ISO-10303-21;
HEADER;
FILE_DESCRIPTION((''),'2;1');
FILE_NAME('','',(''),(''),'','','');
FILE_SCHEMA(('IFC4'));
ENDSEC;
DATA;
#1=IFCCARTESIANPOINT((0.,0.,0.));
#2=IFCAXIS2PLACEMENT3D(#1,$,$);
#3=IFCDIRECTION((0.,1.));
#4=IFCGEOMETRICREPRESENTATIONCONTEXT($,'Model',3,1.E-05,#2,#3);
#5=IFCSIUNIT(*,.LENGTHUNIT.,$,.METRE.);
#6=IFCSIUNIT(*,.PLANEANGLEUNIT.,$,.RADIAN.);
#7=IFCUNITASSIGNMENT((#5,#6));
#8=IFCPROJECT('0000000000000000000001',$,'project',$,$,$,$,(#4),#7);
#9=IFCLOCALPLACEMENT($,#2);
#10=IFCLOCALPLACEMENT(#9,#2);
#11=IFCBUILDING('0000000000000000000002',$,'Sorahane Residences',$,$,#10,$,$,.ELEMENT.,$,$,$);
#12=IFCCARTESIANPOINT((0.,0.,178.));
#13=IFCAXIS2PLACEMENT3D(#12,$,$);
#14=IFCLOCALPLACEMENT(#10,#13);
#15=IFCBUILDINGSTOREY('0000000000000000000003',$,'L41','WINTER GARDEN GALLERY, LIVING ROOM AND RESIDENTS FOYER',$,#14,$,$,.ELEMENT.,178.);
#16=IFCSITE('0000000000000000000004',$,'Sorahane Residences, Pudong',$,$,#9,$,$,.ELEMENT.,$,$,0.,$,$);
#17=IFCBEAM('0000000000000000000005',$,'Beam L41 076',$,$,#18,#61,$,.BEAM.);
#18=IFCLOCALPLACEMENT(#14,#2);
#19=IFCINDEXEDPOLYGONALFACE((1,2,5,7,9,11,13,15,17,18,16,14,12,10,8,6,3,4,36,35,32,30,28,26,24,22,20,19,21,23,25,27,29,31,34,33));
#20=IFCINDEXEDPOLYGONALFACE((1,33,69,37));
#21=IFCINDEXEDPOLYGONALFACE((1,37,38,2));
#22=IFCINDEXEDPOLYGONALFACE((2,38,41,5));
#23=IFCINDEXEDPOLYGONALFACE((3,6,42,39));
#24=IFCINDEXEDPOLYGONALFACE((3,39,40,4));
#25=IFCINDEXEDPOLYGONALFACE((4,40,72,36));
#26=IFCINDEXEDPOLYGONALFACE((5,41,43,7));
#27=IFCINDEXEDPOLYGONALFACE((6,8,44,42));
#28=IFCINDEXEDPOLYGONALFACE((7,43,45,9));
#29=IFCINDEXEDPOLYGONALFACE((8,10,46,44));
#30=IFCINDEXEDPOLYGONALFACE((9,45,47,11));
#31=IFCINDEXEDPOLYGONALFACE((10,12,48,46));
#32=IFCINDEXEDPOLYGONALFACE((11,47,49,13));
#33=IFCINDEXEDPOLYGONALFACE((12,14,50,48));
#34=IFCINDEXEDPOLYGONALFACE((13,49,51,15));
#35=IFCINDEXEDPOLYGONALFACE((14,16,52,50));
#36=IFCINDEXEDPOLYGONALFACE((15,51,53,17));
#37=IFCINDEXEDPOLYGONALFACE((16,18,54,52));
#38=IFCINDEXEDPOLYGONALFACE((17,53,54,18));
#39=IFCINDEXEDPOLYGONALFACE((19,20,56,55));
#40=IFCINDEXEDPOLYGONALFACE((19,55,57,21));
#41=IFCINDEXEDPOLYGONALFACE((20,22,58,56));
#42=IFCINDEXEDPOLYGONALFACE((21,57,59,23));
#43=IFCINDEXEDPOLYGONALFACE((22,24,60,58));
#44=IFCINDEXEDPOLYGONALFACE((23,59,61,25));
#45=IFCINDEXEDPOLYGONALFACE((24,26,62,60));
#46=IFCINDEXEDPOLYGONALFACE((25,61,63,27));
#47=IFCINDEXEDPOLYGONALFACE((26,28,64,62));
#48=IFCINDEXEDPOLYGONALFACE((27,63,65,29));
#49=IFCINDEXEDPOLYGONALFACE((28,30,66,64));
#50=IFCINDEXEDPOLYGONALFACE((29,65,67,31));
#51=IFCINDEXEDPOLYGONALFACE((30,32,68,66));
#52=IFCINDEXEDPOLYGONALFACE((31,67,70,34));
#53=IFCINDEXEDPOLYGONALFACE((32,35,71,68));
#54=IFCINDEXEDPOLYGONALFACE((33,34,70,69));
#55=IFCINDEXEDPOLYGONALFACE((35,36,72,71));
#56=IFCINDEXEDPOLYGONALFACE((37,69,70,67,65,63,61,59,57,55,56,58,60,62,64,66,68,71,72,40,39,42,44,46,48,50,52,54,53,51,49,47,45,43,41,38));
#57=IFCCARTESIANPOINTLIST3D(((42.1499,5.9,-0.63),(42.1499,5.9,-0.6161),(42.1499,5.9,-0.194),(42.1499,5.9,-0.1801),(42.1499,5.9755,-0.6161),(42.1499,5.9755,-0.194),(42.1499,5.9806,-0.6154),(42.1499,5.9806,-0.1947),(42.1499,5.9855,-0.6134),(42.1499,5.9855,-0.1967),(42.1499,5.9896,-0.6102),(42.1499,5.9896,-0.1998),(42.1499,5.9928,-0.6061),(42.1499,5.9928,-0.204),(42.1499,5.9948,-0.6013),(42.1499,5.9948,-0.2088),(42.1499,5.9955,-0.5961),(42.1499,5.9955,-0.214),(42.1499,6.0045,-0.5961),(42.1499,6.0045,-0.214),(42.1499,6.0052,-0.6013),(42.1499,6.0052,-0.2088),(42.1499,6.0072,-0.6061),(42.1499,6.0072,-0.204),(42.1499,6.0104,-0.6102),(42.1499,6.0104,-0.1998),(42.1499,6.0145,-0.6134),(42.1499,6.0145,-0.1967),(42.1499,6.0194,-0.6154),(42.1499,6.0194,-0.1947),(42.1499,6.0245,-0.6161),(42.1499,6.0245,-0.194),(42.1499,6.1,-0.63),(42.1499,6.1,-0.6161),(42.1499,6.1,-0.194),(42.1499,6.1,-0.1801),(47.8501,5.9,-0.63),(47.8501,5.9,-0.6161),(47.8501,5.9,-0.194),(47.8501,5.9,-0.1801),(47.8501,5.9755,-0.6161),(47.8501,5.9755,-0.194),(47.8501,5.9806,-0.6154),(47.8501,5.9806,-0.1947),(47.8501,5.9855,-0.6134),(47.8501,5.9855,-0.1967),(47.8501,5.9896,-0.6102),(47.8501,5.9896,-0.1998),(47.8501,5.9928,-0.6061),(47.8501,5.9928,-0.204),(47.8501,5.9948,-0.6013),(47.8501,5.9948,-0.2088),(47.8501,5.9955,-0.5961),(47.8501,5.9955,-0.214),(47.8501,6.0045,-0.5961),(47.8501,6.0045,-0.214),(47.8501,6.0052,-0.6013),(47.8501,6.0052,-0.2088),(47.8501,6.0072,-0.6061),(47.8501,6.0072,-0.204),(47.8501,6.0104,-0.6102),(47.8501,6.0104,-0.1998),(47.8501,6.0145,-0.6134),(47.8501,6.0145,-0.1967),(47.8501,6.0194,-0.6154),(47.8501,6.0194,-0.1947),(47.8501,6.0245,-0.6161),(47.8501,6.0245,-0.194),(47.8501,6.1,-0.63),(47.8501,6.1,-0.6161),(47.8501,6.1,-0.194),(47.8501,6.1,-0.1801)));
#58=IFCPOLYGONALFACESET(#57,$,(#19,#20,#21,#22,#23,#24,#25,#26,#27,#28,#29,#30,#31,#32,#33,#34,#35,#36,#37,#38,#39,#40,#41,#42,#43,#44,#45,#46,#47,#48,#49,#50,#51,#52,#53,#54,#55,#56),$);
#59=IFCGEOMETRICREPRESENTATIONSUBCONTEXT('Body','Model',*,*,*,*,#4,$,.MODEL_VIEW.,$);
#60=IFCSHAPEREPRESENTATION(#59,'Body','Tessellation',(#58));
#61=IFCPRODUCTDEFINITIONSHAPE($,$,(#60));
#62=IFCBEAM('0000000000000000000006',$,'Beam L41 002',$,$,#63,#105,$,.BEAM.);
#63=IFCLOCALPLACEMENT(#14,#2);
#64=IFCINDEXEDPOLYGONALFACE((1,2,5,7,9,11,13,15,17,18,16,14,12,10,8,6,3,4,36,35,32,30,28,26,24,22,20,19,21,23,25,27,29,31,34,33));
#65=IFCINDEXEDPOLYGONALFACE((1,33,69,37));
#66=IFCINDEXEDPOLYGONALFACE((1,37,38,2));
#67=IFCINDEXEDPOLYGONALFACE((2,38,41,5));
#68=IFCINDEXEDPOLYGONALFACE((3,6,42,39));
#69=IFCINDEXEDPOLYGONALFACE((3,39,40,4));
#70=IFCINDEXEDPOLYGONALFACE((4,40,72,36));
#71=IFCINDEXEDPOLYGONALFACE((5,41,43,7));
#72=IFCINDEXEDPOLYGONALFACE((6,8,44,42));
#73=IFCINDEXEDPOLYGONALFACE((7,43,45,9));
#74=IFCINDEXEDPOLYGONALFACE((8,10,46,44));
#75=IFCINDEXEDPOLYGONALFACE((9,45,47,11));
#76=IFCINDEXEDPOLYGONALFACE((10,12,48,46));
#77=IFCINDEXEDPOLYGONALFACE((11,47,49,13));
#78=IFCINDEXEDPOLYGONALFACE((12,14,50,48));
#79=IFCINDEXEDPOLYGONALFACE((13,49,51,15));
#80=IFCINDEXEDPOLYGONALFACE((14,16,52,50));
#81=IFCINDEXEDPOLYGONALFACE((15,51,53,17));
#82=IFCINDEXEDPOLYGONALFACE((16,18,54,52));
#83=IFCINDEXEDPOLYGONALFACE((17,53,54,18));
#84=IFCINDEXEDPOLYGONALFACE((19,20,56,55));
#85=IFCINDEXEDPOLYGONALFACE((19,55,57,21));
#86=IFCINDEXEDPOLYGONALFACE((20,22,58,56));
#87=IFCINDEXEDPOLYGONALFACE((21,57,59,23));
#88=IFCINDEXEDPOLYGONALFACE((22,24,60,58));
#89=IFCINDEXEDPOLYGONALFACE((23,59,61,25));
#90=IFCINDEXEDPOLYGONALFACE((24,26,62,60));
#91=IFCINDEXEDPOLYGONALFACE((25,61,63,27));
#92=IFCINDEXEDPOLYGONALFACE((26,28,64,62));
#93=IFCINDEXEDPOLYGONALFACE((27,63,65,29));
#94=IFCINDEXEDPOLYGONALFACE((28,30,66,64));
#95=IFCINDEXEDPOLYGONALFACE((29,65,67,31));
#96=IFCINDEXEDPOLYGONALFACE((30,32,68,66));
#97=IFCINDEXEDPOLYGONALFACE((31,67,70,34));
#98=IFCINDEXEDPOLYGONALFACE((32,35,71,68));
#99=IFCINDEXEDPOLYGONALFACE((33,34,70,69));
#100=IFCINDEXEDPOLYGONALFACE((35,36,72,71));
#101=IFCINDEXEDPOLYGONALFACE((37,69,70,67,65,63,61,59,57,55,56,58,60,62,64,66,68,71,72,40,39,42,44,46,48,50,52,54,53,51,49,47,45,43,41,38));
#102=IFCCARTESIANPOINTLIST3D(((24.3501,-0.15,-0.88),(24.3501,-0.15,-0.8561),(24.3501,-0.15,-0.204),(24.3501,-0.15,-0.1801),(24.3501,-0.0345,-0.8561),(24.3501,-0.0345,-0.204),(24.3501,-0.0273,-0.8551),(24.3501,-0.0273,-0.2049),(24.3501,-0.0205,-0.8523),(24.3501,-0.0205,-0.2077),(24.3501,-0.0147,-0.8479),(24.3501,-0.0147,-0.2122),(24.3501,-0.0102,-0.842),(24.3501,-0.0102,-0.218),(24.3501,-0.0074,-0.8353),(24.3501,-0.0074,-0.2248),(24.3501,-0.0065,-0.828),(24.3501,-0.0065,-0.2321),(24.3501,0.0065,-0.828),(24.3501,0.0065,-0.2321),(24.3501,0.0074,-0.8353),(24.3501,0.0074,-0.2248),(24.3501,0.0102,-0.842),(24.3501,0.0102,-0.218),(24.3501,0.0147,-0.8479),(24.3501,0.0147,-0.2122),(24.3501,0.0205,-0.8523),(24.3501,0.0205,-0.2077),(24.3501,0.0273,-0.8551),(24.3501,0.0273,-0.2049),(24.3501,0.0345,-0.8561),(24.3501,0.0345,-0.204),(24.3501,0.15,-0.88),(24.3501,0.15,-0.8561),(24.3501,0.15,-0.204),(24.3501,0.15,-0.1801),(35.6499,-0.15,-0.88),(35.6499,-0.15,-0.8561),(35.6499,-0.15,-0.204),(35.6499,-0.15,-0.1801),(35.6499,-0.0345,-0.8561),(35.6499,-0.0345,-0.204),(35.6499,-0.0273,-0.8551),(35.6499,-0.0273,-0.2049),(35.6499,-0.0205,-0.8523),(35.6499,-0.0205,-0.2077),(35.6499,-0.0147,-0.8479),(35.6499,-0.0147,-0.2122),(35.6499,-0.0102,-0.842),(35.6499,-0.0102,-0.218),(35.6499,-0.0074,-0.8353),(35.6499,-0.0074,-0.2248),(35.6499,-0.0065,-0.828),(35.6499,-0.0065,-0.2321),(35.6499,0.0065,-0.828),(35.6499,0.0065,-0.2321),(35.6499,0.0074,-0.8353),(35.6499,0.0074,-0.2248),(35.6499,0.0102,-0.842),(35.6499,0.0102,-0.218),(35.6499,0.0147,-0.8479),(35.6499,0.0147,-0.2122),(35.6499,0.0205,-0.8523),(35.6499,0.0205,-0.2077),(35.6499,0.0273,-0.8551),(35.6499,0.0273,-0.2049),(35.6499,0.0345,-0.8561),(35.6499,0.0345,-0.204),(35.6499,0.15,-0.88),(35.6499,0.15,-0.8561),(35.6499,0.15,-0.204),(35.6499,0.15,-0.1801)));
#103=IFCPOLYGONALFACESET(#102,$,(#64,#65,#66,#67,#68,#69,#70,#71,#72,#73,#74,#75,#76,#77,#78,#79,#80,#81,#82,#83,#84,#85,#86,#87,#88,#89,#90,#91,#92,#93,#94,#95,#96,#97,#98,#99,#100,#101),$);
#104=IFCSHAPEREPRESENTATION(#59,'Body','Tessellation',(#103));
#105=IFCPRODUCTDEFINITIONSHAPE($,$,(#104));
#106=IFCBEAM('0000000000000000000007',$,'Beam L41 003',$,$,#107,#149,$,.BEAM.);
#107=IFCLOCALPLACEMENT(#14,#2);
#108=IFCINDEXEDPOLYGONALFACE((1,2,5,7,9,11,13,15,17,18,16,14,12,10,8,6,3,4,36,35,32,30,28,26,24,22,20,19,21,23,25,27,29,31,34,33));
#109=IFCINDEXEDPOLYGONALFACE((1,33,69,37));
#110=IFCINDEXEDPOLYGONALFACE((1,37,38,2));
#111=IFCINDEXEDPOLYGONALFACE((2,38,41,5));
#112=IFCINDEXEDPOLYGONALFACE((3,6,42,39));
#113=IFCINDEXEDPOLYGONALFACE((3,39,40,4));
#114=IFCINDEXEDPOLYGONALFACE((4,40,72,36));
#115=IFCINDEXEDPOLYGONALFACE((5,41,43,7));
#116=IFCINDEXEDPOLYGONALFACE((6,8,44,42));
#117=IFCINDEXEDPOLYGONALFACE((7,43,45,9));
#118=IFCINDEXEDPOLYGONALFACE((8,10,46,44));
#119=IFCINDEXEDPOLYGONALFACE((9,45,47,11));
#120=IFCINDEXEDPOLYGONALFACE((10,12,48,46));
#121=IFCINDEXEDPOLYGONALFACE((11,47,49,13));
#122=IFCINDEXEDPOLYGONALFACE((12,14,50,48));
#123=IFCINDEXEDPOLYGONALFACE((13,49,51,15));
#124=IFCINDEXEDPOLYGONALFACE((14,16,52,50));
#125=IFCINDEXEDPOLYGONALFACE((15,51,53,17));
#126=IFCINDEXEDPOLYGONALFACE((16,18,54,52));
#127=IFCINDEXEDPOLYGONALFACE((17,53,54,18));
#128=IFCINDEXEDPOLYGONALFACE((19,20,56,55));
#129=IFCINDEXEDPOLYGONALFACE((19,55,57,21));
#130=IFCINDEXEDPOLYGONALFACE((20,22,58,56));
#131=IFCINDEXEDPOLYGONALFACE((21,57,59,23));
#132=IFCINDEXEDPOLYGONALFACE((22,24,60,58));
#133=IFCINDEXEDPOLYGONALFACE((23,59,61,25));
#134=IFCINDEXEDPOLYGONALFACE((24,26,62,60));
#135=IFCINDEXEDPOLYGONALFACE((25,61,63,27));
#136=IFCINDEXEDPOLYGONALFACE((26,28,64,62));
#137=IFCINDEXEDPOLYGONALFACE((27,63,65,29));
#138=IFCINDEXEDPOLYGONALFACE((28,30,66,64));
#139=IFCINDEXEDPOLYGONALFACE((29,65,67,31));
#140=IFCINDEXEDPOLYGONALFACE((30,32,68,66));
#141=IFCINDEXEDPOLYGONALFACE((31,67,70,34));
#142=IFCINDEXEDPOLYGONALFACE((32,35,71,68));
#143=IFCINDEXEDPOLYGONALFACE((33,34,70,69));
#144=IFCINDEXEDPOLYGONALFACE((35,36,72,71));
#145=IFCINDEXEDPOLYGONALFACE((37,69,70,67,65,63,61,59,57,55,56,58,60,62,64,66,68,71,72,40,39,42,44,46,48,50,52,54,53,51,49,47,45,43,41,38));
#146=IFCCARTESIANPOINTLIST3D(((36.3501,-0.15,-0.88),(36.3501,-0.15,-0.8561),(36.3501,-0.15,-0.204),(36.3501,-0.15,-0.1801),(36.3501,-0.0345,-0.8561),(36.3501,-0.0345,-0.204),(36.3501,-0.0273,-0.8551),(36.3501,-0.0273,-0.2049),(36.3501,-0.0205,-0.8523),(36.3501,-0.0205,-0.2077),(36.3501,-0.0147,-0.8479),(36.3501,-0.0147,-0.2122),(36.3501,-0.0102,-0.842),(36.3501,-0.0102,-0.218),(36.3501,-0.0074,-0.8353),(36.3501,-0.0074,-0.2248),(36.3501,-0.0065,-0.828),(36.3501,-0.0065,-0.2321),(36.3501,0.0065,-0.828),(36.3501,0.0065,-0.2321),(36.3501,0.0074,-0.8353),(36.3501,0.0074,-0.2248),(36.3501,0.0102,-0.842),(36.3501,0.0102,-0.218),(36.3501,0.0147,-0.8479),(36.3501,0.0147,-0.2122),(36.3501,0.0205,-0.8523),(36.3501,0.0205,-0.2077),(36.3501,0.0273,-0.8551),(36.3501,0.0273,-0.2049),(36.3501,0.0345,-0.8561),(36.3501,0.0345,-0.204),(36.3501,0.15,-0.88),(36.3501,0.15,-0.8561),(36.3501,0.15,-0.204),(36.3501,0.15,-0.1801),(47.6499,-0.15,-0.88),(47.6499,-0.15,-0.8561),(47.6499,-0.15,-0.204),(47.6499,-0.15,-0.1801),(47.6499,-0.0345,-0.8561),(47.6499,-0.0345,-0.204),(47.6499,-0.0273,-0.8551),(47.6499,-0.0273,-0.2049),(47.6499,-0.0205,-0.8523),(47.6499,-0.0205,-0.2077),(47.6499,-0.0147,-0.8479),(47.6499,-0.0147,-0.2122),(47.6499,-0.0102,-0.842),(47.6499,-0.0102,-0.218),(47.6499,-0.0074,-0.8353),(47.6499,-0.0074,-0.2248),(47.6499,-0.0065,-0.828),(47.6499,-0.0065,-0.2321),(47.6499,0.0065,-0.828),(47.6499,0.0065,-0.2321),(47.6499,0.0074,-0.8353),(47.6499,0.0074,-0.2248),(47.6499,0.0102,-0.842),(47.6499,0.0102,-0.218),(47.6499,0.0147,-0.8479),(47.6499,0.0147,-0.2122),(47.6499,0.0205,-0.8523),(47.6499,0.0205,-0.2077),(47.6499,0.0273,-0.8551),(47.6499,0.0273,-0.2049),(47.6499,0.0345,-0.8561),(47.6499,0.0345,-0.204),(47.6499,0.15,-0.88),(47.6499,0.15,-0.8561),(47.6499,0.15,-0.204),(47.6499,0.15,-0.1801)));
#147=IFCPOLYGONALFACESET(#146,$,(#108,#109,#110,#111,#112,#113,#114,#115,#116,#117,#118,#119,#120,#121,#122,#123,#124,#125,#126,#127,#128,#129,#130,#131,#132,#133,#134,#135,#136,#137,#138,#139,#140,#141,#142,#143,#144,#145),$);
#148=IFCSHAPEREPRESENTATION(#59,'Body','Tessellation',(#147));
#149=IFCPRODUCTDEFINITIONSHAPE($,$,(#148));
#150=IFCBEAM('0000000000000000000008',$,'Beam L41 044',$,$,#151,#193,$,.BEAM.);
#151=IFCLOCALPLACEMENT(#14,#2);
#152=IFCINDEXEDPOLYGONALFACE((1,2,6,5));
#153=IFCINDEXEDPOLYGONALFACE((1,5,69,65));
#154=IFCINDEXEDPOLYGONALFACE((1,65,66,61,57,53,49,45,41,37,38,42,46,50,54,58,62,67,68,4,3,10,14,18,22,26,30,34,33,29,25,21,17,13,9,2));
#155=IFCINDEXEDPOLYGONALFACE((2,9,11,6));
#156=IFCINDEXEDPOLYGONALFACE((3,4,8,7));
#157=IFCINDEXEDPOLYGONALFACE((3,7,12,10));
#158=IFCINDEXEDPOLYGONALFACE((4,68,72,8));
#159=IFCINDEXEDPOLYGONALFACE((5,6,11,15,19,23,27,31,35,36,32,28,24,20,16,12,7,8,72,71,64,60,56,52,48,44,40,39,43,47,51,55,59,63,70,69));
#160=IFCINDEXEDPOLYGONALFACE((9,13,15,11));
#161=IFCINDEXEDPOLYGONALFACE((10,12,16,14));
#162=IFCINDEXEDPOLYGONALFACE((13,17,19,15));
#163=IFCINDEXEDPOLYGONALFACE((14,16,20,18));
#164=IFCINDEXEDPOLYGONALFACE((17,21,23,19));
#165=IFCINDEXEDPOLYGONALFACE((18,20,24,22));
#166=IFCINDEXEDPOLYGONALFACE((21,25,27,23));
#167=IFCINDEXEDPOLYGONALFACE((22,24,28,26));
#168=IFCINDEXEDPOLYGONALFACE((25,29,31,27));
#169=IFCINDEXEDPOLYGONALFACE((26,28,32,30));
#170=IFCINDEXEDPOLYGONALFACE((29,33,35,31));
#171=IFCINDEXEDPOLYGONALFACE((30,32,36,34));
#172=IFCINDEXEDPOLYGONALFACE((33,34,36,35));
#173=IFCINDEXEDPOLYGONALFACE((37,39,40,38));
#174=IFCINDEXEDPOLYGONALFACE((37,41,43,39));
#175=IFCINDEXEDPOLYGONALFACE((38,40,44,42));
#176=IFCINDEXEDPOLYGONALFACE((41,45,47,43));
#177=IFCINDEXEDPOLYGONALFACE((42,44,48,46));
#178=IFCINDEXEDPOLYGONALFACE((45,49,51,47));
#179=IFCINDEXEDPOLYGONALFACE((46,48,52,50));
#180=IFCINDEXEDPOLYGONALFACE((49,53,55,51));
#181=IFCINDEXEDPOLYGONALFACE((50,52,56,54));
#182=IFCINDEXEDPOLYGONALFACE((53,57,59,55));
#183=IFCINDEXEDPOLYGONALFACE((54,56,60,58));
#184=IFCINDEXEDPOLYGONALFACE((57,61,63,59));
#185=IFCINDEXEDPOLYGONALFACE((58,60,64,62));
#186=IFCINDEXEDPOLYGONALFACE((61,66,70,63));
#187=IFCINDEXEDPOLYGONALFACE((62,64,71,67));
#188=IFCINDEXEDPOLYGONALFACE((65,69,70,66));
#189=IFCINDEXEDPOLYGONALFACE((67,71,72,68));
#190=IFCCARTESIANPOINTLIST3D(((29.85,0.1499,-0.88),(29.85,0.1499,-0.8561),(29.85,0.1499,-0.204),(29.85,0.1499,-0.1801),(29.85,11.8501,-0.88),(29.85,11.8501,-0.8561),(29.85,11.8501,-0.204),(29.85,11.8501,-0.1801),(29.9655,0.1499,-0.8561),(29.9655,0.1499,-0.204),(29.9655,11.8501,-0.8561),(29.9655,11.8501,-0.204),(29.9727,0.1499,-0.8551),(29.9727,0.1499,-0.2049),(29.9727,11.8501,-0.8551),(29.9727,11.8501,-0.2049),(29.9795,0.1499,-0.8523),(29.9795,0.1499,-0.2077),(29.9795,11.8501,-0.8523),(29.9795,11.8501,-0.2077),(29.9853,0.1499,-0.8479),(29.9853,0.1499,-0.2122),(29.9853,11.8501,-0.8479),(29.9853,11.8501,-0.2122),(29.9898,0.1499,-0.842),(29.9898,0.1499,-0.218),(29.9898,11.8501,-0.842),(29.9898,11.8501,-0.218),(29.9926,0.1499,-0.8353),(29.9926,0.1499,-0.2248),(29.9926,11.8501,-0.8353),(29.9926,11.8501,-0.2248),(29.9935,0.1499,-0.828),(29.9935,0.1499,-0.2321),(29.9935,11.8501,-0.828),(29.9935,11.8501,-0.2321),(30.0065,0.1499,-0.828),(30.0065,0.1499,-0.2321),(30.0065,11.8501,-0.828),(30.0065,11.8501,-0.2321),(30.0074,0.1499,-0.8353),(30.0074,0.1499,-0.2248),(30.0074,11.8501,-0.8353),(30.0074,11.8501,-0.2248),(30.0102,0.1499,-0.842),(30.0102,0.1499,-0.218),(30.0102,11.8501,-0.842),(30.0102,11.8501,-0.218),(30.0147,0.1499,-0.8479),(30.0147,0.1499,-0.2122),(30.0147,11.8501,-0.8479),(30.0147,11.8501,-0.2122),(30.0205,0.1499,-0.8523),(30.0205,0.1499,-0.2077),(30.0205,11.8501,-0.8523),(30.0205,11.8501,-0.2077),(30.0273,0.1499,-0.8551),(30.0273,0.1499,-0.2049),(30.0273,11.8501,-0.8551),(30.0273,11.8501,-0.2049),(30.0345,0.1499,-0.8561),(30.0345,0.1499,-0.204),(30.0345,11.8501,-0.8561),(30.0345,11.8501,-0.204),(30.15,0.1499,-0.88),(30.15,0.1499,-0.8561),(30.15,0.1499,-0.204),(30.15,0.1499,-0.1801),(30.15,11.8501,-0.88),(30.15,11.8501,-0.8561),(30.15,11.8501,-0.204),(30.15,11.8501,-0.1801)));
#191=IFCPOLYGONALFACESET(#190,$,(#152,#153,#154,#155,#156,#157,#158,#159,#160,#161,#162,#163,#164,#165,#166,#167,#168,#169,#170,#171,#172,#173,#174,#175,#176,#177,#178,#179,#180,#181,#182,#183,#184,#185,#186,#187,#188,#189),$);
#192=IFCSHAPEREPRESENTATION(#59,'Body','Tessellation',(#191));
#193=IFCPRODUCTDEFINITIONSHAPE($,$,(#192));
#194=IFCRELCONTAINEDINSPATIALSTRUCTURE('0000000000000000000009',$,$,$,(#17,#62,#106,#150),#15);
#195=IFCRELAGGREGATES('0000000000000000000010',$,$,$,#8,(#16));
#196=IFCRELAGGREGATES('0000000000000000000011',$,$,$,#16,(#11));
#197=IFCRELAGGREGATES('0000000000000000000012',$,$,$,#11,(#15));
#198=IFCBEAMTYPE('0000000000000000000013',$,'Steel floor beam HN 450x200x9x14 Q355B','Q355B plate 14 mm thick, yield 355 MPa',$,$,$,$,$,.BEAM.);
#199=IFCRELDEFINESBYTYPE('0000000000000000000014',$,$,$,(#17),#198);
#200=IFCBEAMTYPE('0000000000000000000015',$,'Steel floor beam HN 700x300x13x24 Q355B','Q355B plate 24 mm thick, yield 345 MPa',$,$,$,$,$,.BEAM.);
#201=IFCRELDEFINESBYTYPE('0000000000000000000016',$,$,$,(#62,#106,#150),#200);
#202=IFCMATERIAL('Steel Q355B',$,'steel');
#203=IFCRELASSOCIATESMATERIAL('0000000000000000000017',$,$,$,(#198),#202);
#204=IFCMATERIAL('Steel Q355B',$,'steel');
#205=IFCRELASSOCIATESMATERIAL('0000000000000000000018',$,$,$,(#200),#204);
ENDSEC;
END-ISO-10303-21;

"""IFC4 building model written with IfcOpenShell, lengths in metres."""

from ifc_helpers import new_model, si_unit, direction, frame, origin, origin_2d, place, context, subcontext, project, spatial, i_section, extrude, material, material_profile, profile_set, type_object, element, save


model = new_model("IFC4")

# Units and contexts
model_context = context("Model", 3, precision=1e-05, world=origin(), true_north=direction((0.0, 1.0)))
body_context = subcontext(model_context, "Body", "Model", "MODEL_VIEW")
ifc_project = project(units=[si_unit("LENGTHUNIT", "METRE"), si_unit("PLANEANGLEUNIT", "RADIAN")], contexts=[model_context])

# Site, building, storey
site_placement = place(None, origin())
site = spatial("IfcSite", under=ifc_project, at=site_placement, Name="Sorahane Residences, Pudong", CompositionType="ELEMENT", RefElevation=0.0)
building_placement = place(site_placement, origin())
building = spatial("IfcBuilding", under=site, at=building_placement, Name="Sorahane Residences", CompositionType="ELEMENT")
storey_placement = place(building_placement, frame((0.0, 0.0, 178.0)))
storey = spatial("IfcBuildingStorey", under=building, at=storey_placement, Name="L41", Description="WINTER GARDEN GALLERY, LIVING ROOM AND RESIDENTS FOYER", CompositionType="ELEMENT", Elevation=178.0)

# Beams
ifc_material_1 = material(Name="Steel Q355B", Category="steel")
ifc_material_profile_1 = material_profile(ifc_material_1, i_section(OverallWidth=0.2, OverallDepth=0.45, WebThickness=0.009, FlangeThickness=0.0139, FilletRadius=0.02, at=origin_2d()), Name="HN 450x200x9x14")
ifc_profile_set_1 = profile_set([ifc_material_profile_1], Name="Steel Q355B")
beam_type_1 = type_object("IfcBeamType", Name="Steel floor beam HN 450x200x9x14 Q355B", Description="Q355B plate 14 mm thick, yield 355 MPa", PredefinedType="BEAM", material=ifc_profile_set_1)
for number, where, z_axis, x_axis, name in (
    (1, (42.1499, 6.0, -0.405), (1.0, 0.0, 0.0), (0.0, 1.0, 0.0), "Beam L41 076"),
):
    element("IfcBeam", number, at=place(storey_placement, frame(where, z_axis=z_axis, x_axis=x_axis)), inside=storey, type_object=beam_type_1, Name=name, PredefinedType="BEAM", context=body_context, shape_type="SweptSolid", body=[
        extrude(i_section(OverallWidth=0.2, OverallDepth=0.45, WebThickness=0.009, FlangeThickness=0.0139, FilletRadius=0.02, at=origin_2d()), origin(), (0.0, 0.0, 1.0), 5.7002),
    ])
ifc_material_2 = material(Name="Steel Q355B", Category="steel")
ifc_material_profile_2 = material_profile(ifc_material_2, i_section(OverallWidth=0.3, OverallDepth=0.7, WebThickness=0.0129, FlangeThickness=0.0239, FilletRadius=0.0281, at=origin_2d()), Name="HN 700x300x13x24")
ifc_profile_set_2 = profile_set([ifc_material_profile_2], Name="Steel Q355B")
beam_type_2 = type_object("IfcBeamType", Name="Steel floor beam HN 700x300x13x24 Q355B", Description="Q355B plate 24 mm thick, yield 345 MPa", PredefinedType="BEAM", material=ifc_profile_set_2)
for number, where, z_axis, x_axis, name in (
    (2, (24.3501, 0.0, -0.53), (1.0, 0.0, 0.0), (0.0, 1.0, 0.0), "Beam L41 002"),
    (3, (36.3501, 0.0, -0.53), (1.0, 0.0, 0.0), (0.0, 1.0, 0.0), "Beam L41 003"),
):
    element("IfcBeam", number, at=place(storey_placement, frame(where, z_axis=z_axis, x_axis=x_axis)), inside=storey, type_object=beam_type_2, Name=name, PredefinedType="BEAM", context=body_context, shape_type="SweptSolid", body=[
        extrude(i_section(OverallWidth=0.3, OverallDepth=0.7, WebThickness=0.0129, FlangeThickness=0.0239, FilletRadius=0.0281, at=origin_2d()), origin(), (0.0, 0.0, 1.0), 11.2998),
    ])
beam_1_placement = place(storey_placement, frame((30.0, 0.1499, -0.53), z_axis=(0.0, 1.0, 0.0), x_axis=(-1.0, 0.0, 0.0)))
element("IfcBeam", 4, at=beam_1_placement, inside=storey, type_object=beam_type_2, Name="Beam L41 044", PredefinedType="BEAM", context=body_context, shape_type="SweptSolid", body=[
    extrude(i_section(OverallWidth=0.3, OverallDepth=0.7, WebThickness=0.0129, FlangeThickness=0.0239, FilletRadius=0.0281, at=origin_2d()), origin(), (0.0, 0.0, 1.0), 11.7002),
])

save(model, "model.ifc")
